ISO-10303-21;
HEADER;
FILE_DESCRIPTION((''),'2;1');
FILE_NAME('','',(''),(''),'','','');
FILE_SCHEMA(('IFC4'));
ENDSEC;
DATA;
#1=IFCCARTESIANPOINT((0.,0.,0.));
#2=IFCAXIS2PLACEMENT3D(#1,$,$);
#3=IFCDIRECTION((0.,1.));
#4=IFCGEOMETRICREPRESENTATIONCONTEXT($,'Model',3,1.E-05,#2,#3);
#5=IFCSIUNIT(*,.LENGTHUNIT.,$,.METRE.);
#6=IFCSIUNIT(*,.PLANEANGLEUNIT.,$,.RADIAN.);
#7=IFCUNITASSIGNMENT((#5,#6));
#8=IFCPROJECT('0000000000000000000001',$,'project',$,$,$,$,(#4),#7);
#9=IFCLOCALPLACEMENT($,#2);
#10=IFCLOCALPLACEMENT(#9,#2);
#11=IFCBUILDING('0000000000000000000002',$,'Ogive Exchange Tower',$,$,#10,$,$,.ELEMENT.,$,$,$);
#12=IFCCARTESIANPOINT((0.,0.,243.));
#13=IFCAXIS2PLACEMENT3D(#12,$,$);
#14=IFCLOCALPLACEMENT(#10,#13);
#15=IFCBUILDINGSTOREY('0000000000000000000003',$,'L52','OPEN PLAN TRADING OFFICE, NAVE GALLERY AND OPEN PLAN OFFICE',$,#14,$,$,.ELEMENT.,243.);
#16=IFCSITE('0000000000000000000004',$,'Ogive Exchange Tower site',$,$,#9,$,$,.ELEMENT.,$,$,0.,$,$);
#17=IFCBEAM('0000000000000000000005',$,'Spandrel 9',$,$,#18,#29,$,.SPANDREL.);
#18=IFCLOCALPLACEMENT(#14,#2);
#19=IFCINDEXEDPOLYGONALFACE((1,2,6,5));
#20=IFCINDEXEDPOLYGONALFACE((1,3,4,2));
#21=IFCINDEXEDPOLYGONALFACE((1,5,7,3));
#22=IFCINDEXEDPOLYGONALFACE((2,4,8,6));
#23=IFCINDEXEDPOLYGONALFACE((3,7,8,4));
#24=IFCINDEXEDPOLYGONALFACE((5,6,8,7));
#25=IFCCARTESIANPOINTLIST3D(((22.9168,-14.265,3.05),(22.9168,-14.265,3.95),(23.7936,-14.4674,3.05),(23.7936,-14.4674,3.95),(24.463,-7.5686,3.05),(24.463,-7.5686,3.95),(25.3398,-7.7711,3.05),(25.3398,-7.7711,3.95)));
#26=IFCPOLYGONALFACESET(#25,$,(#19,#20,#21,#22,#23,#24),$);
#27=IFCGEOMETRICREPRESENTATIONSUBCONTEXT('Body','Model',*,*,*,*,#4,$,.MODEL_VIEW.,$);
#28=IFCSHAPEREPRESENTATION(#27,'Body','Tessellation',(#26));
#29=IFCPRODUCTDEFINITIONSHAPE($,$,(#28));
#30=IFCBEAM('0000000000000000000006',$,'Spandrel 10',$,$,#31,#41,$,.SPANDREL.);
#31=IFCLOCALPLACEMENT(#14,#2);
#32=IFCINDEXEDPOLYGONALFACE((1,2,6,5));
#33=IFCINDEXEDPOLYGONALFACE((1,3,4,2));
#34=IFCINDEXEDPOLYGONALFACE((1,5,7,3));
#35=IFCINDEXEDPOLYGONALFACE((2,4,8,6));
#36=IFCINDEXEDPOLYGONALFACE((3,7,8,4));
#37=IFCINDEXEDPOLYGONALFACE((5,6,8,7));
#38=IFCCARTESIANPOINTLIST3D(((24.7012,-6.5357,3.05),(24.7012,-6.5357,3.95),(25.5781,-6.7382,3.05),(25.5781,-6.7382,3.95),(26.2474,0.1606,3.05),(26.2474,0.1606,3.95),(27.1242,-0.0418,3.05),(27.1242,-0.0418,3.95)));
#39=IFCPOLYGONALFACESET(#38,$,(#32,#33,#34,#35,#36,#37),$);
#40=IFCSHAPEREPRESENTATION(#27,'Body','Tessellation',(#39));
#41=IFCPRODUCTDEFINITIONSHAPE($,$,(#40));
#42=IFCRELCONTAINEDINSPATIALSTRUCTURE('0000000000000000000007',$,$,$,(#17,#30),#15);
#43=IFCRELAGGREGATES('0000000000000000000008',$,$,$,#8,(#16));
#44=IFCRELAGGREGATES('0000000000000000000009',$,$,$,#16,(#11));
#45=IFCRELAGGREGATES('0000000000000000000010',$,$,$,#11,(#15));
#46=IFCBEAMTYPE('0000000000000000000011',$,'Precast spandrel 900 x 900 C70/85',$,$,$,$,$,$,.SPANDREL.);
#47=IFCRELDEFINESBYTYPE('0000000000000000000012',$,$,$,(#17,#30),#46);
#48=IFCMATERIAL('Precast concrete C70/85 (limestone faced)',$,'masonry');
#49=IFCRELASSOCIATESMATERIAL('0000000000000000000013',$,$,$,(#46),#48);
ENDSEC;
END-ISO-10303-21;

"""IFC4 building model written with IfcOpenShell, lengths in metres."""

from ifc_helpers import new_model, si_unit, direction, frame, origin, origin_2d, place, context, subcontext, project, spatial, rectangle, extrude, material, material_profile, profile_set, type_object, element, save


model = new_model("IFC4")

# Units and contexts
model_context = context("Model", 3, precision=1e-05, world=origin(), true_north=direction((0.0, 1.0)))
body_context = subcontext(model_context, "Body", "Model", "MODEL_VIEW")
ifc_project = project(units=[si_unit("LENGTHUNIT", "METRE"), si_unit("PLANEANGLEUNIT", "RADIAN")], contexts=[model_context])

# Site, building, storey
site_placement = place(None, origin())
site = spatial("IfcSite", under=ifc_project, at=site_placement, Name="Ogive Exchange Tower site", CompositionType="ELEMENT", RefElevation=0.0)
building_placement = place(site_placement, origin())
building = spatial("IfcBuilding", under=site, at=building_placement, Name="Ogive Exchange Tower", CompositionType="ELEMENT")
storey_placement = place(building_placement, frame((0.0, 0.0, 243.0)))
storey = spatial("IfcBuildingStorey", under=building, at=storey_placement, Name="L52", Description="OPEN PLAN TRADING OFFICE, NAVE GALLERY AND OPEN PLAN OFFICE", CompositionType="ELEMENT", Elevation=243.0)

# Shared definitions
ifc_material_1 = material(Name="Precast concrete C70/85 (limestone faced)", Category="masonry")

# Beams
ifc_material_profile_1 = material_profile(ifc_material_1, rectangle(XDim=0.8999, YDim=0.8999, at=origin_2d()), Name="900 x 900")
ifc_profile_set_1 = profile_set([ifc_material_profile_1], Name="Precast concrete C70/85 (limestone faced)")
beam_type_1 = type_object("IfcBeamType", Name="Precast spandrel 900 x 900 C70/85", PredefinedType="SPANDREL", material=ifc_profile_set_1)
for number, where, z_axis, x_axis, name in (
    (1, (23.3552, -14.3662, 3.5), (0.224976, 0.974364, 0.0), (-0.974364, 0.224976, 0.0), "Spandrel 9"),
    (2, (25.1396, -6.637, 3.5), (0.224976, 0.974364, 0.0), (-0.974364, 0.224976, 0.0), "Spandrel 10"),
):
    element("IfcBeam", number, at=place(storey_placement, frame(where, z_axis=z_axis, x_axis=x_axis)), inside=storey, type_object=beam_type_1, Name=name, PredefinedType="SPANDREL", context=body_context, shape_type="SweptSolid", body=[
        extrude(rectangle(XDim=0.8999, YDim=0.8999, at=origin_2d()), origin(), (0.0, 0.0, 1.0), 6.8726),
    ])

save(model, "model.ifc")
